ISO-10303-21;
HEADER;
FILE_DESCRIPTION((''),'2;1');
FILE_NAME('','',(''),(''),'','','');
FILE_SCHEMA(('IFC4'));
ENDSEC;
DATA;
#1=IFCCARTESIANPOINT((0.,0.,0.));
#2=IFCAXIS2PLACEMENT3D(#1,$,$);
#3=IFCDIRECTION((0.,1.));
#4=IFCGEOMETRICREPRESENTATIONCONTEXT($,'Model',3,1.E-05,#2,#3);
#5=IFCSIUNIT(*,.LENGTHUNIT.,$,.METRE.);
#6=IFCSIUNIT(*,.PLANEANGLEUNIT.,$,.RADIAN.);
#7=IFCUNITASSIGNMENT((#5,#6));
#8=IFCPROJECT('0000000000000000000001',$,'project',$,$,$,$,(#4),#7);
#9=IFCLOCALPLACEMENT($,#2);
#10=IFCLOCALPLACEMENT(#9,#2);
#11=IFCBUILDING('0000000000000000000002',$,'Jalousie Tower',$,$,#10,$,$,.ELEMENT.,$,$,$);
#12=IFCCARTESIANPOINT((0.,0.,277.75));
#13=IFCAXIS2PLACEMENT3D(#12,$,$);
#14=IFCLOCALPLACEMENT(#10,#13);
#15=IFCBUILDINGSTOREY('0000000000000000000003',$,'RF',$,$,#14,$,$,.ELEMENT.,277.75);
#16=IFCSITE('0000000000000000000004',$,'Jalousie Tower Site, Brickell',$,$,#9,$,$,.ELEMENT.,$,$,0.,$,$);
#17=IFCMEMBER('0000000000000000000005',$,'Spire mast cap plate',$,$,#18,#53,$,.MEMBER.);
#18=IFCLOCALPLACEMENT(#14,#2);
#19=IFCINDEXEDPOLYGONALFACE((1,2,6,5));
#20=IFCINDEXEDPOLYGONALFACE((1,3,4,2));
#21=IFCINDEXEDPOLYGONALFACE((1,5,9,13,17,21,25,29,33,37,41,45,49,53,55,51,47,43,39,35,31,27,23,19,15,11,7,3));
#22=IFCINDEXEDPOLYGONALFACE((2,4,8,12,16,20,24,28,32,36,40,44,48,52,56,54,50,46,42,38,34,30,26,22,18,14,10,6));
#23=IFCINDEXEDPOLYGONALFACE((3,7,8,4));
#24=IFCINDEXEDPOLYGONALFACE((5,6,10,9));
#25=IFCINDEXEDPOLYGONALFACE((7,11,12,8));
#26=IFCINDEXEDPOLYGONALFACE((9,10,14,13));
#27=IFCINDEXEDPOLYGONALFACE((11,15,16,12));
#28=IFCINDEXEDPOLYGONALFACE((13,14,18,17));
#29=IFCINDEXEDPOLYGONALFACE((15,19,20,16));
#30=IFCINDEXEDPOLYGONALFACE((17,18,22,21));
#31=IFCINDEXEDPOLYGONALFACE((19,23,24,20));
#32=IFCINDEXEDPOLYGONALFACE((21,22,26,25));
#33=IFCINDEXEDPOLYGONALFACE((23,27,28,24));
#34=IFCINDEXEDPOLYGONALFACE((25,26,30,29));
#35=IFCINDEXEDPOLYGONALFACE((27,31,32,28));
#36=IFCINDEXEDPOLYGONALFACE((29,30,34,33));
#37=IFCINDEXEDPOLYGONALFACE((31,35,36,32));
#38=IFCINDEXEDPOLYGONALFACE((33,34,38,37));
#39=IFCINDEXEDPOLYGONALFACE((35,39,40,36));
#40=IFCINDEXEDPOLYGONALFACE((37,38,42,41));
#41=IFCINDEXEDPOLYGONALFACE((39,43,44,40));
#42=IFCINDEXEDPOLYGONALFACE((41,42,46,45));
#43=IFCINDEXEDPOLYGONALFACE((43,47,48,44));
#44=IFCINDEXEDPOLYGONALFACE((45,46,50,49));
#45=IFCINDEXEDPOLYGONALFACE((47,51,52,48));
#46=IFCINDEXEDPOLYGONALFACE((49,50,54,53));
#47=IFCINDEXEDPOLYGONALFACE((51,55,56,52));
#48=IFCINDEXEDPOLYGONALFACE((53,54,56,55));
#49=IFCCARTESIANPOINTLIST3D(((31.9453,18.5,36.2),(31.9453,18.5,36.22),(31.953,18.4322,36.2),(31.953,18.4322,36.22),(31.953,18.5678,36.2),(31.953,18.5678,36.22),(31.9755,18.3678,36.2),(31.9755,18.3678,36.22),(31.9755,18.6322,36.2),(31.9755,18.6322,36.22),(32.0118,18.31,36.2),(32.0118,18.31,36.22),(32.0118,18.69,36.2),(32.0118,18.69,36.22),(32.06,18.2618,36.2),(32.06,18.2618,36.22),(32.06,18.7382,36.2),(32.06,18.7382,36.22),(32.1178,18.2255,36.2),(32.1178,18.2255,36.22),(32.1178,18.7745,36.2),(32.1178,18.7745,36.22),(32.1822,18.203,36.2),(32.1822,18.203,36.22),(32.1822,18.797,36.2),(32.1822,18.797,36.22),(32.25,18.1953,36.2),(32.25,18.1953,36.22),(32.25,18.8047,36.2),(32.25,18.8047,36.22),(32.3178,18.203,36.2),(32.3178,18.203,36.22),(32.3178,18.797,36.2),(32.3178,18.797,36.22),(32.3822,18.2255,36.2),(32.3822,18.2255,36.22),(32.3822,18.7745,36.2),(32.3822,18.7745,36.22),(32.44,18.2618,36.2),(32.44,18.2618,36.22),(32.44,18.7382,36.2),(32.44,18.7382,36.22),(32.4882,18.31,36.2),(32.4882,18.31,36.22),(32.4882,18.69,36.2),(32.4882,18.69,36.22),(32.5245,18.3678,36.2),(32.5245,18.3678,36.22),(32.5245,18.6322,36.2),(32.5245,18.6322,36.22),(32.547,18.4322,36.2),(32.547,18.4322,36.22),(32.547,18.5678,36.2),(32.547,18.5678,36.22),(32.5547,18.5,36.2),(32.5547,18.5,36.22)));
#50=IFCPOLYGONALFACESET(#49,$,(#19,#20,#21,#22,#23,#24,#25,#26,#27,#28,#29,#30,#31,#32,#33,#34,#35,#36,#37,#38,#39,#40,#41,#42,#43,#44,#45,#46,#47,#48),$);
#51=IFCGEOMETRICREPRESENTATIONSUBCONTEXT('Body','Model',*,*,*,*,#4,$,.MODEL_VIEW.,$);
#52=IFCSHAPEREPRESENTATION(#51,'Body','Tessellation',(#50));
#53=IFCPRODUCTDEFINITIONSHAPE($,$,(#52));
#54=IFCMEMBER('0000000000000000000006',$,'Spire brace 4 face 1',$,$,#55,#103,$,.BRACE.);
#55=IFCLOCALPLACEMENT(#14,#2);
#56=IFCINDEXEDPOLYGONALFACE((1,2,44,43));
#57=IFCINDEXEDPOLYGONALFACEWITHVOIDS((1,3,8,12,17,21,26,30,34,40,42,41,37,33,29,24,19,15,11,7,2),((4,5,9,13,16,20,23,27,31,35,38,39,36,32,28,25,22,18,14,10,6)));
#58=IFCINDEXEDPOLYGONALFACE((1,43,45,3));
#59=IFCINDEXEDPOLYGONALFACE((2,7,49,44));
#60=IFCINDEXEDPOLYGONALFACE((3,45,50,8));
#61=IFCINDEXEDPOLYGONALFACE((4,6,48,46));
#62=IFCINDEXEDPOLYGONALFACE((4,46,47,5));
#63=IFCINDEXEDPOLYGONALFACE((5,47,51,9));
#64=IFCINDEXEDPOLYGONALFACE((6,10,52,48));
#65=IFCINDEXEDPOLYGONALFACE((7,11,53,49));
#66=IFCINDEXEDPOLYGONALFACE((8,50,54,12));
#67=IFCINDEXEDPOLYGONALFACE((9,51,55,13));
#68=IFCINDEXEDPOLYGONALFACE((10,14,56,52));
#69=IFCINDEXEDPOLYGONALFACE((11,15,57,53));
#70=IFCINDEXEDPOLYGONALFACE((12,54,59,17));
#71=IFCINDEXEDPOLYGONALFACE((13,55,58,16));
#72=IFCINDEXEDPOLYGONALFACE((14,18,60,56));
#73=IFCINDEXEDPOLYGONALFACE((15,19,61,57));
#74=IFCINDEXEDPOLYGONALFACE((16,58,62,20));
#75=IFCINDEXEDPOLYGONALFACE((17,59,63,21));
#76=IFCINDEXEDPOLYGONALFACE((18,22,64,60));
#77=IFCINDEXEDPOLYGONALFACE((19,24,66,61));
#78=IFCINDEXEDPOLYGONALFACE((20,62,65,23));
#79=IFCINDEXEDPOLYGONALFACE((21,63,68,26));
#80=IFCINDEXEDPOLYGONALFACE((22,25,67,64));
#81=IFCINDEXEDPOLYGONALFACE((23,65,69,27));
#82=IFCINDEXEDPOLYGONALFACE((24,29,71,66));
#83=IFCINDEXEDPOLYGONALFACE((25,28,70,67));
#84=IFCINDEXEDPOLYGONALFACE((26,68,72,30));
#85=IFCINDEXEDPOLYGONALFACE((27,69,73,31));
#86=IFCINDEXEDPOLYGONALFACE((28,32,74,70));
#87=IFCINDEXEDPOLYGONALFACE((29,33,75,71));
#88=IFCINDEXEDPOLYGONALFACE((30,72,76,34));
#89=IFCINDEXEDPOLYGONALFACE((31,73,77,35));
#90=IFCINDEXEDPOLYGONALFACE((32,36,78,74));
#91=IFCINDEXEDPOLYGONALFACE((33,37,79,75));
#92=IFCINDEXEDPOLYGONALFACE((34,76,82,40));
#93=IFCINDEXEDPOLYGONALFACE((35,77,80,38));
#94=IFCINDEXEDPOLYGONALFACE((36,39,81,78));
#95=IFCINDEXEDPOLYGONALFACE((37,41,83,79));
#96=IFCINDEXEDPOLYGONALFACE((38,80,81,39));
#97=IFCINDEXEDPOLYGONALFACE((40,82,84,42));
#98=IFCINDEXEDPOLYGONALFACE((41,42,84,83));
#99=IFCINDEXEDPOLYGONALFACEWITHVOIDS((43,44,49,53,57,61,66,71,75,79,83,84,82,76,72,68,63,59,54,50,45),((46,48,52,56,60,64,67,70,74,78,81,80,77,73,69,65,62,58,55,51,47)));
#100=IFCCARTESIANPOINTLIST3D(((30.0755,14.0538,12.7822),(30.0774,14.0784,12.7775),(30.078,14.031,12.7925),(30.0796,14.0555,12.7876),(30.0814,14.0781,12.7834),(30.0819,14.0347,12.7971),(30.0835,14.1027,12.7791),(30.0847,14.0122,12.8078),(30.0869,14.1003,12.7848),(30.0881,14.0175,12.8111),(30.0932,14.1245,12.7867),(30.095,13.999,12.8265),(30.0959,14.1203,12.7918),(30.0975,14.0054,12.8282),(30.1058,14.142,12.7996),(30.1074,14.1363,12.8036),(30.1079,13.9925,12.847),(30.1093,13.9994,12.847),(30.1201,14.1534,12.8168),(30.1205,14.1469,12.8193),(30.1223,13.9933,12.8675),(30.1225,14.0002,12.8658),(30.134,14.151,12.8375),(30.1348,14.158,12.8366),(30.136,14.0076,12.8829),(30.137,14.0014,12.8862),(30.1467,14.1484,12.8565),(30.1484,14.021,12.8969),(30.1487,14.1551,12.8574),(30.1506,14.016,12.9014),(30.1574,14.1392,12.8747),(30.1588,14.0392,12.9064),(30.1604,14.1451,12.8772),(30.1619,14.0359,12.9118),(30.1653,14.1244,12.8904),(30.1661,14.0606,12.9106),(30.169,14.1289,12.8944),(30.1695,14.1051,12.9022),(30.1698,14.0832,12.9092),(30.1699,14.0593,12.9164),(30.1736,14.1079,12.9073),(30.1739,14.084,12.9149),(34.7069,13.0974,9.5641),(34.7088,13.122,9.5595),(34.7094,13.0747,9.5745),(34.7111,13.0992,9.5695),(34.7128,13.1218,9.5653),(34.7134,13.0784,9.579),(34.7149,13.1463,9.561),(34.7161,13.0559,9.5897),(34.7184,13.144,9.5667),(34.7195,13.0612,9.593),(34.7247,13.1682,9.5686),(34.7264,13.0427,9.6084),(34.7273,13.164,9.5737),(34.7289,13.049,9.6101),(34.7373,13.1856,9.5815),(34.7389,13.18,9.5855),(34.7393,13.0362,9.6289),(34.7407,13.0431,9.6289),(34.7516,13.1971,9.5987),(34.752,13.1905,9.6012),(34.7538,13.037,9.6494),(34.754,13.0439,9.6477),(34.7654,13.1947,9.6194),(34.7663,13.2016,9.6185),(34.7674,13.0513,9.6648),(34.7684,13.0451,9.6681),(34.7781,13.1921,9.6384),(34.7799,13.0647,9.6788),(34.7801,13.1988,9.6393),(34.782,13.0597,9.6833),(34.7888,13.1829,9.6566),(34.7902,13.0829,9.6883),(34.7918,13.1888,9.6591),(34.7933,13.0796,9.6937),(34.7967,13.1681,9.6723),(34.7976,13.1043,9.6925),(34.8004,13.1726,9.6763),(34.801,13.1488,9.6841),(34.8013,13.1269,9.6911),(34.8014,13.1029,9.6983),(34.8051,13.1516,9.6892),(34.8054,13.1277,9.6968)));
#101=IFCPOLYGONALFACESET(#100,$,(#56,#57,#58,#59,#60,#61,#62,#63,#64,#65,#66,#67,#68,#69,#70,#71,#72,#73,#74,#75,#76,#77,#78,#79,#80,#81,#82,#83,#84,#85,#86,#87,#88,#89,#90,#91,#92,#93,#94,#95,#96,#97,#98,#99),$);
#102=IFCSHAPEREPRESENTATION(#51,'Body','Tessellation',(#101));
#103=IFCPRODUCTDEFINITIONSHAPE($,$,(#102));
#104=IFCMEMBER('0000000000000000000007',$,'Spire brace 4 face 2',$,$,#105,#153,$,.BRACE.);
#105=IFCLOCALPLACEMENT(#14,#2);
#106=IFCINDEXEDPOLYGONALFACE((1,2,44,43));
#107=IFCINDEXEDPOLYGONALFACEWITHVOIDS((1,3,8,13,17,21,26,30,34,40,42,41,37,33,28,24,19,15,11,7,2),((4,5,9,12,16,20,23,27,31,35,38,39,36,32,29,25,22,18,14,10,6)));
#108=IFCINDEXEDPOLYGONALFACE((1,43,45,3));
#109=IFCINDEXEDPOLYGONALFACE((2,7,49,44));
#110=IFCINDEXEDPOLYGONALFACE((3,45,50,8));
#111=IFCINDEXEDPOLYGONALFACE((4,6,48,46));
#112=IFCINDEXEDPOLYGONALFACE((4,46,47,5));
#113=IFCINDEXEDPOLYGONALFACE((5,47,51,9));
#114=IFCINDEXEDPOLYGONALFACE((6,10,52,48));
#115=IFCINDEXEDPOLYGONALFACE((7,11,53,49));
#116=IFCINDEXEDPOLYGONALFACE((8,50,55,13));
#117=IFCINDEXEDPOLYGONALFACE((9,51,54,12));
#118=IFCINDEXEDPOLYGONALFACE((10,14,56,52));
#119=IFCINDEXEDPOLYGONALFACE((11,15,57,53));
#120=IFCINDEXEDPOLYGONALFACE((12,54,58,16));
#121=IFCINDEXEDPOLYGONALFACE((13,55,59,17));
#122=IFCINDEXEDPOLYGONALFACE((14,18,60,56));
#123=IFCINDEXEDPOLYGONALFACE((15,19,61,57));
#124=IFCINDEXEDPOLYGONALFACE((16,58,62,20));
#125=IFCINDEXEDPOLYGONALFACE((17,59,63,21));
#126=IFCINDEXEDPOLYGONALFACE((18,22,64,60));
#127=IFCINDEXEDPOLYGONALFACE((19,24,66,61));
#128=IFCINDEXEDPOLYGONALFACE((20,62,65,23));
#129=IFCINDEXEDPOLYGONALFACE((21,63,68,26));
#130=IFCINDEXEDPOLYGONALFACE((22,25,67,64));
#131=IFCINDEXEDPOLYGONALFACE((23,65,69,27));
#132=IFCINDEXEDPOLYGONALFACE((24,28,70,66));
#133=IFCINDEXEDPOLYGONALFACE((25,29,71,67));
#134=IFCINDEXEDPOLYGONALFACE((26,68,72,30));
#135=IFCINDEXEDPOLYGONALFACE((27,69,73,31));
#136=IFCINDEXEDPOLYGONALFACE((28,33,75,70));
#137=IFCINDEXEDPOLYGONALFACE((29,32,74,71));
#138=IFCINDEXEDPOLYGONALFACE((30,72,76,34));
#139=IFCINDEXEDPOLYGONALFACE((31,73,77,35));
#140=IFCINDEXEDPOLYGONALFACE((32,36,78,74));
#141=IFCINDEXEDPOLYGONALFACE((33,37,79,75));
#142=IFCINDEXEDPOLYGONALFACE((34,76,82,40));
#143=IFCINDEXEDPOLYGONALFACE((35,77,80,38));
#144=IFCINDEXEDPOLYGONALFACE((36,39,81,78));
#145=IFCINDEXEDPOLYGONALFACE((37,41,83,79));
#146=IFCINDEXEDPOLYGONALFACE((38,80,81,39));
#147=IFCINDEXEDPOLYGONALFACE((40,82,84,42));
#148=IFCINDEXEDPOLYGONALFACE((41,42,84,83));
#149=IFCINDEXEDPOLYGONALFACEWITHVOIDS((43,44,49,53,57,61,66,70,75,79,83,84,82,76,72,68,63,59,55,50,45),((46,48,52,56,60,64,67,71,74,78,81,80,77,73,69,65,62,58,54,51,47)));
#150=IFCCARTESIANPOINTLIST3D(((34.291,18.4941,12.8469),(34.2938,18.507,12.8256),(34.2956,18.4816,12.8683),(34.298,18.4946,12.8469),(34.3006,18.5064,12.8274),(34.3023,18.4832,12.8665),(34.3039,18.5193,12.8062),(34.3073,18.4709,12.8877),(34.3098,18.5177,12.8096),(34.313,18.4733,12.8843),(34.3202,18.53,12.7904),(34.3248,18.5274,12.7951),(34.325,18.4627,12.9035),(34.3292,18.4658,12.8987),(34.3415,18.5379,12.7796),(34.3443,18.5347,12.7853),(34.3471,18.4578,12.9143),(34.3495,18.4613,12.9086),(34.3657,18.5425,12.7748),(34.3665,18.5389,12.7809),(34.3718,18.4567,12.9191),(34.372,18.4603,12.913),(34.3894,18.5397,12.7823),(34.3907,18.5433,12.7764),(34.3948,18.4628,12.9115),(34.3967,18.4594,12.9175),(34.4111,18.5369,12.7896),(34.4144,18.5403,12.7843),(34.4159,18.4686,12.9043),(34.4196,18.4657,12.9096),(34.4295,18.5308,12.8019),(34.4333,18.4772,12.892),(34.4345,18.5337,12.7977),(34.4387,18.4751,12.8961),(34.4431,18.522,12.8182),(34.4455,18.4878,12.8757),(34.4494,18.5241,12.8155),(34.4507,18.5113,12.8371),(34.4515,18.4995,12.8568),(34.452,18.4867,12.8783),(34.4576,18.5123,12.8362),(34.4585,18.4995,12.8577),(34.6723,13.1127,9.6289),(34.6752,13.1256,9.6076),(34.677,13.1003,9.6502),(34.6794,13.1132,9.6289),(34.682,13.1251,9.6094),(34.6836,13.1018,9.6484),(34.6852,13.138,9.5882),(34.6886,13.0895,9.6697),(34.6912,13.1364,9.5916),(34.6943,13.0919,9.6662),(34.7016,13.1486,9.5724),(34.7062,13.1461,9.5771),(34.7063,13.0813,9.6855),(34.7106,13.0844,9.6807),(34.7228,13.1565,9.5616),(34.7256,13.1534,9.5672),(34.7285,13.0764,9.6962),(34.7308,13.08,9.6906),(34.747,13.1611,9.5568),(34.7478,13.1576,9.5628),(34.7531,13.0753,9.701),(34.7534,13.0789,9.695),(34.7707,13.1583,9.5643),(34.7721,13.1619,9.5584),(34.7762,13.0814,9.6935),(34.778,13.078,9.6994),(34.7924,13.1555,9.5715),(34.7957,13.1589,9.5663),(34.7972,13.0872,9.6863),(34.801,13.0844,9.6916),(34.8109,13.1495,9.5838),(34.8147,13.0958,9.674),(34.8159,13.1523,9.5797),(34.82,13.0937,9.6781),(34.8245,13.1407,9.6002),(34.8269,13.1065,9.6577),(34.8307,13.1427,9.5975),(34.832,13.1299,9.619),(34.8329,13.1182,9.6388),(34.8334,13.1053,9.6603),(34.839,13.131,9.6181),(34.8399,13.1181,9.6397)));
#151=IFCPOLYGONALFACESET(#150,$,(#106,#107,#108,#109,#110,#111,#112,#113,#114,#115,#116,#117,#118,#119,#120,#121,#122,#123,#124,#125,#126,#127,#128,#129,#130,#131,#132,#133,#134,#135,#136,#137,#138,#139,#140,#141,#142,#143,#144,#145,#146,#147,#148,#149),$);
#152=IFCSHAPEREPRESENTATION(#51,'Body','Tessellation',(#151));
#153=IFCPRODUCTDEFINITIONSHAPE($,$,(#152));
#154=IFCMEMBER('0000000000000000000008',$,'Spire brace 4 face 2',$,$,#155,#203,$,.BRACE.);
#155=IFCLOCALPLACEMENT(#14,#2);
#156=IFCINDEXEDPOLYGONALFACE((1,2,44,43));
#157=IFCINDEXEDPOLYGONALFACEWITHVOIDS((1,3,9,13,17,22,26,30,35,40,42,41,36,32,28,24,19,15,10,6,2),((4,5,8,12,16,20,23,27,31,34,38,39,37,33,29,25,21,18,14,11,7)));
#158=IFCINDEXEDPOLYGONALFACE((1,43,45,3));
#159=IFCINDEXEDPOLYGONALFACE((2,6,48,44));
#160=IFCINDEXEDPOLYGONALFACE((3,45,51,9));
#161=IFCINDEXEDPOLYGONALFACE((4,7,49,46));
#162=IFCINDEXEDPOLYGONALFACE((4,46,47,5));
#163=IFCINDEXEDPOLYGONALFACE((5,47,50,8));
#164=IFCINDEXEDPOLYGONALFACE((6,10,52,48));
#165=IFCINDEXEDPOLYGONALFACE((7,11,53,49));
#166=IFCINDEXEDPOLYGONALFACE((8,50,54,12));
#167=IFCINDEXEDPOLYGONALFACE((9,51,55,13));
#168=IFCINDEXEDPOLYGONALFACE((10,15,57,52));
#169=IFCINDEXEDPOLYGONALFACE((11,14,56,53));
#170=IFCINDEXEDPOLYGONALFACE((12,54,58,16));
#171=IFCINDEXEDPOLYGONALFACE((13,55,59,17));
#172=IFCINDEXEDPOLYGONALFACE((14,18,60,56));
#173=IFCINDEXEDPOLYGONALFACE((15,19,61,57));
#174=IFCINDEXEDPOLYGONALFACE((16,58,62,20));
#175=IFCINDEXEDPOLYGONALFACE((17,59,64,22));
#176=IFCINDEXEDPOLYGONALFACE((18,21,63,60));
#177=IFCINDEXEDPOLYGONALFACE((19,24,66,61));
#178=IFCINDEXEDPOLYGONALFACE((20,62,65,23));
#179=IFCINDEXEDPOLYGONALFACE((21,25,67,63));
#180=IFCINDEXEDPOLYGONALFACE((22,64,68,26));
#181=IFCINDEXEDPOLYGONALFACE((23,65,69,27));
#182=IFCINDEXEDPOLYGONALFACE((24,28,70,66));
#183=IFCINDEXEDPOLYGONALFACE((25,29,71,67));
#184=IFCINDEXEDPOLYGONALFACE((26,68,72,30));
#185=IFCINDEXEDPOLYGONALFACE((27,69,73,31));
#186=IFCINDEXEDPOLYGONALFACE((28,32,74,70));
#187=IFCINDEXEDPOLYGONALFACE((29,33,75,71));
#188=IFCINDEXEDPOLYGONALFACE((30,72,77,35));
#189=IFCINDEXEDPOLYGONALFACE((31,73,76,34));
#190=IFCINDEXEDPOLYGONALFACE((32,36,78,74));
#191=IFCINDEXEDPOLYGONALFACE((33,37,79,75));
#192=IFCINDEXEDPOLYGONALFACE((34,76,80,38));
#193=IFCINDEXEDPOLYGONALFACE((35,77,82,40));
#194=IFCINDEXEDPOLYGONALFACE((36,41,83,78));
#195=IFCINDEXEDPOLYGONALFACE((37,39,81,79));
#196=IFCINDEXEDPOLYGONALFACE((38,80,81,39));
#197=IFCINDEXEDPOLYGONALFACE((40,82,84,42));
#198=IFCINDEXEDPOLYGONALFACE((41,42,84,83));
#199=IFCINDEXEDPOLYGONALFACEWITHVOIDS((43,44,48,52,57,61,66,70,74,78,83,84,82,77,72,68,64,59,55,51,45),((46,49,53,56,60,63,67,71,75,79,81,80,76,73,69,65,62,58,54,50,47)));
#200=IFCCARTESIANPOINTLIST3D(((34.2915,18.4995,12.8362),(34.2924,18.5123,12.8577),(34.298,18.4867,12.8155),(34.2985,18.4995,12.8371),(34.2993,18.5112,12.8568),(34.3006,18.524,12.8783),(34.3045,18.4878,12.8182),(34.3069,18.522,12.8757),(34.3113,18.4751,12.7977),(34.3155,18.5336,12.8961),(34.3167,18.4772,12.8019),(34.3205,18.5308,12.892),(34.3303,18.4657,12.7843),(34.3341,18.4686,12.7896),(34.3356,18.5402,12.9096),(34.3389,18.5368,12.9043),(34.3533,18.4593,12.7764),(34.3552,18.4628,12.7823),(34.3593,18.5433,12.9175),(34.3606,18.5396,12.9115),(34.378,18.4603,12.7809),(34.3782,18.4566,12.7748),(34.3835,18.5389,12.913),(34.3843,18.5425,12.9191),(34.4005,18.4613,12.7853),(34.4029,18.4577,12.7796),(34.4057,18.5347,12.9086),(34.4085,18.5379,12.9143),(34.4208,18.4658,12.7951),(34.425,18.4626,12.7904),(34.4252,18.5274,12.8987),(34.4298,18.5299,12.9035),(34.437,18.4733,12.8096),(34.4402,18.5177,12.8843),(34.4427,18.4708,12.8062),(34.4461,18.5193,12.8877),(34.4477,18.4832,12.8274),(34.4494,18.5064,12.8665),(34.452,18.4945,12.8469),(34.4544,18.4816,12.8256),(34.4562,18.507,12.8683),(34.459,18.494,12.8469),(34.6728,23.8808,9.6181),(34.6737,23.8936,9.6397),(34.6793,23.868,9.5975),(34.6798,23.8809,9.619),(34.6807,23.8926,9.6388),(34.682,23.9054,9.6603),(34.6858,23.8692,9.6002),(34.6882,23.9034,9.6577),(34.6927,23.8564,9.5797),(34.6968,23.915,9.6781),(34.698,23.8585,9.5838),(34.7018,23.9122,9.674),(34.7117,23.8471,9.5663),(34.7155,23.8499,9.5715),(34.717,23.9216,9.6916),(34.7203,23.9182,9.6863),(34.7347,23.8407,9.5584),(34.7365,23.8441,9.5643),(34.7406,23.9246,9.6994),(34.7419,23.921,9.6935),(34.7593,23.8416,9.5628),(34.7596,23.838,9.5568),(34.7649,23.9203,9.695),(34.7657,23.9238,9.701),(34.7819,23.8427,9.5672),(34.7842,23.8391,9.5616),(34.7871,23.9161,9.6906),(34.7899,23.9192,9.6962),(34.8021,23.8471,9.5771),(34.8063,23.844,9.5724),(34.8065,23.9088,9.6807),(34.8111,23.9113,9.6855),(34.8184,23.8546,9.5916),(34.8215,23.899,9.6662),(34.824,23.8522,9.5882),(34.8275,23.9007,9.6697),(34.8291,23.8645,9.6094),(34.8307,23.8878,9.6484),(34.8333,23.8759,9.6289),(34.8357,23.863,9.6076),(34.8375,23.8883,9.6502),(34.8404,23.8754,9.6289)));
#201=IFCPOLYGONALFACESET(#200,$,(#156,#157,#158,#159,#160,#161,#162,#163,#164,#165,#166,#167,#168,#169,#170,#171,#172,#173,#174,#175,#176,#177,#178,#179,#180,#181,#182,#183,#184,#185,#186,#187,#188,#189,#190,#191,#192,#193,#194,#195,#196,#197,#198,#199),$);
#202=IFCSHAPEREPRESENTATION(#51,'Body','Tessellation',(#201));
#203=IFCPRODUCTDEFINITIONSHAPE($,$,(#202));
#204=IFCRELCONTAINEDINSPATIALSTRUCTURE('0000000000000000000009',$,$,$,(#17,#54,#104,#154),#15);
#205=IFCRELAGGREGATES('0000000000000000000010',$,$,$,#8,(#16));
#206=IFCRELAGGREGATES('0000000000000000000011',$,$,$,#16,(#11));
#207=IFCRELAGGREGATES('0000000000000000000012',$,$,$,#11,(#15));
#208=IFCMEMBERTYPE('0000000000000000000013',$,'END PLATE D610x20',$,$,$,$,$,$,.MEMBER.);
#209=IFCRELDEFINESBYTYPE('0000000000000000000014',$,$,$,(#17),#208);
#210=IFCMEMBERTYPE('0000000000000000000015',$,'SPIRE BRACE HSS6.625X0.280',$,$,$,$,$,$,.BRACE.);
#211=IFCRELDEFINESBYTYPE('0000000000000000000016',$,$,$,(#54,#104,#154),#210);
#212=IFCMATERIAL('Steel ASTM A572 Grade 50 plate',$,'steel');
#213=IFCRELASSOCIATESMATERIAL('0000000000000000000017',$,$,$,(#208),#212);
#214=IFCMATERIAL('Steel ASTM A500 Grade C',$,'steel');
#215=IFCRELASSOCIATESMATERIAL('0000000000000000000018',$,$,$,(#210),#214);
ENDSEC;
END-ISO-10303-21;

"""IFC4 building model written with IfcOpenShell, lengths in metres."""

from ifc_helpers import new_model, si_unit, direction, frame, origin, origin_2d, place, context, subcontext, project, spatial, circle, hollow_circle, extrude, material, material_profile, profile_set, type_object, element, save


model = new_model("IFC4")

# Units and contexts
model_context = context("Model", 3, precision=1e-05, world=origin(), true_north=direction((0.0, 1.0)))
body_context = subcontext(model_context, "Body", "Model", "MODEL_VIEW")
ifc_project = project(units=[si_unit("LENGTHUNIT", "METRE"), si_unit("PLANEANGLEUNIT", "RADIAN")], contexts=[model_context])

# Site, building, storey
site_placement = place(None, origin())
site = spatial("IfcSite", under=ifc_project, at=site_placement, Name="Jalousie Tower Site, Brickell", CompositionType="ELEMENT", RefElevation=0.0)
building_placement = place(site_placement, origin())
building = spatial("IfcBuilding", under=site, at=building_placement, Name="Jalousie Tower", CompositionType="ELEMENT")
storey_placement = place(building_placement, frame((0.0, 0.0, 277.75)))
storey = spatial("IfcBuildingStorey", under=building, at=storey_placement, Name="RF", CompositionType="ELEMENT", Elevation=277.75)

# Members
ifc_material_1 = material(Name="Steel ASTM A572 Grade 50 plate", Category="steel")
ifc_material_profile_1 = material_profile(ifc_material_1, circle(Radius=0.3047, at=origin_2d()), Name="END PLATE D610x20")
ifc_profile_set_1 = profile_set([ifc_material_profile_1], Name="Steel ASTM A572 Grade 50 plate")
member_type_1 = type_object("IfcMemberType", Name="END PLATE D610x20", PredefinedType="MEMBER", material=ifc_profile_set_1)
member_1_placement = place(storey_placement, frame((32.25, 18.5, 36.2), z_axis=(0.0, 0.0, 1.0), x_axis=(1.0, 0.0, 0.0)))
element("IfcMember", 1, at=member_1_placement, inside=storey, type_object=member_type_1, Name="Spire mast cap plate", PredefinedType="MEMBER", context=body_context, shape_type="SweptSolid", body=[
    extrude(circle(Radius=0.3047, at=origin_2d()), origin(), (0.0, 0.0, 1.0), 0.02),
])
ifc_material_2 = material(Name="Steel ASTM A500 Grade C", Category="steel")
ifc_material_profile_2 = material_profile(ifc_material_2, hollow_circle(Radius=0.0842, WallThickness=0.0071, at=origin_2d()), Name="HSS6.625X0.280")
ifc_profile_set_2 = profile_set([ifc_material_profile_2], Name="Steel ASTM A500 Grade C")
member_type_2 = type_object("IfcMemberType", Name="SPIRE BRACE HSS6.625X0.280", PredefinedType="BRACE", material=ifc_profile_set_2)
member_2_placement = place(storey_placement, frame((34.7563, 13.1187, 9.6289), z_axis=(-0.809662, 0.167182, 0.562581), x_axis=(-0.202218, -0.979341, 0.0)))
element("IfcMember", 2, at=member_2_placement, inside=storey, type_object=member_type_2, Name="Spire brace 4 face 1", PredefinedType="BRACE", context=body_context, shape_type="SweptSolid", body=[
    extrude(hollow_circle(Radius=0.0842, WallThickness=0.0071, at=origin_2d()), origin(), (0.0, 0.0, 1.0), 5.7202),
])
for number, where, z_axis, x_axis, name in (
    (3, (34.7563, 13.1187, 9.6289), (-0.060708, 0.856668, 0.512283), (-0.997499, -0.070687, 0.0), "Spire brace 4 face 2"),
    (4, (34.7563, 23.8813, 9.6289), (-0.060708, -0.856668, 0.512283), (0.997499, -0.070687, 0.0), "Spire brace 4 face 2"),
):
    element("IfcMember", number, at=place(storey_placement, frame(where, z_axis=z_axis, x_axis=x_axis)), inside=storey, type_object=member_type_2, Name=name, PredefinedType="BRACE", context=body_context, shape_type="SweptSolid", body=[
        extrude(hollow_circle(Radius=0.0842, WallThickness=0.0071, at=origin_2d()), origin(), (0.0, 0.0, 1.0), 6.2817),
    ])

save(model, "model.ifc")
